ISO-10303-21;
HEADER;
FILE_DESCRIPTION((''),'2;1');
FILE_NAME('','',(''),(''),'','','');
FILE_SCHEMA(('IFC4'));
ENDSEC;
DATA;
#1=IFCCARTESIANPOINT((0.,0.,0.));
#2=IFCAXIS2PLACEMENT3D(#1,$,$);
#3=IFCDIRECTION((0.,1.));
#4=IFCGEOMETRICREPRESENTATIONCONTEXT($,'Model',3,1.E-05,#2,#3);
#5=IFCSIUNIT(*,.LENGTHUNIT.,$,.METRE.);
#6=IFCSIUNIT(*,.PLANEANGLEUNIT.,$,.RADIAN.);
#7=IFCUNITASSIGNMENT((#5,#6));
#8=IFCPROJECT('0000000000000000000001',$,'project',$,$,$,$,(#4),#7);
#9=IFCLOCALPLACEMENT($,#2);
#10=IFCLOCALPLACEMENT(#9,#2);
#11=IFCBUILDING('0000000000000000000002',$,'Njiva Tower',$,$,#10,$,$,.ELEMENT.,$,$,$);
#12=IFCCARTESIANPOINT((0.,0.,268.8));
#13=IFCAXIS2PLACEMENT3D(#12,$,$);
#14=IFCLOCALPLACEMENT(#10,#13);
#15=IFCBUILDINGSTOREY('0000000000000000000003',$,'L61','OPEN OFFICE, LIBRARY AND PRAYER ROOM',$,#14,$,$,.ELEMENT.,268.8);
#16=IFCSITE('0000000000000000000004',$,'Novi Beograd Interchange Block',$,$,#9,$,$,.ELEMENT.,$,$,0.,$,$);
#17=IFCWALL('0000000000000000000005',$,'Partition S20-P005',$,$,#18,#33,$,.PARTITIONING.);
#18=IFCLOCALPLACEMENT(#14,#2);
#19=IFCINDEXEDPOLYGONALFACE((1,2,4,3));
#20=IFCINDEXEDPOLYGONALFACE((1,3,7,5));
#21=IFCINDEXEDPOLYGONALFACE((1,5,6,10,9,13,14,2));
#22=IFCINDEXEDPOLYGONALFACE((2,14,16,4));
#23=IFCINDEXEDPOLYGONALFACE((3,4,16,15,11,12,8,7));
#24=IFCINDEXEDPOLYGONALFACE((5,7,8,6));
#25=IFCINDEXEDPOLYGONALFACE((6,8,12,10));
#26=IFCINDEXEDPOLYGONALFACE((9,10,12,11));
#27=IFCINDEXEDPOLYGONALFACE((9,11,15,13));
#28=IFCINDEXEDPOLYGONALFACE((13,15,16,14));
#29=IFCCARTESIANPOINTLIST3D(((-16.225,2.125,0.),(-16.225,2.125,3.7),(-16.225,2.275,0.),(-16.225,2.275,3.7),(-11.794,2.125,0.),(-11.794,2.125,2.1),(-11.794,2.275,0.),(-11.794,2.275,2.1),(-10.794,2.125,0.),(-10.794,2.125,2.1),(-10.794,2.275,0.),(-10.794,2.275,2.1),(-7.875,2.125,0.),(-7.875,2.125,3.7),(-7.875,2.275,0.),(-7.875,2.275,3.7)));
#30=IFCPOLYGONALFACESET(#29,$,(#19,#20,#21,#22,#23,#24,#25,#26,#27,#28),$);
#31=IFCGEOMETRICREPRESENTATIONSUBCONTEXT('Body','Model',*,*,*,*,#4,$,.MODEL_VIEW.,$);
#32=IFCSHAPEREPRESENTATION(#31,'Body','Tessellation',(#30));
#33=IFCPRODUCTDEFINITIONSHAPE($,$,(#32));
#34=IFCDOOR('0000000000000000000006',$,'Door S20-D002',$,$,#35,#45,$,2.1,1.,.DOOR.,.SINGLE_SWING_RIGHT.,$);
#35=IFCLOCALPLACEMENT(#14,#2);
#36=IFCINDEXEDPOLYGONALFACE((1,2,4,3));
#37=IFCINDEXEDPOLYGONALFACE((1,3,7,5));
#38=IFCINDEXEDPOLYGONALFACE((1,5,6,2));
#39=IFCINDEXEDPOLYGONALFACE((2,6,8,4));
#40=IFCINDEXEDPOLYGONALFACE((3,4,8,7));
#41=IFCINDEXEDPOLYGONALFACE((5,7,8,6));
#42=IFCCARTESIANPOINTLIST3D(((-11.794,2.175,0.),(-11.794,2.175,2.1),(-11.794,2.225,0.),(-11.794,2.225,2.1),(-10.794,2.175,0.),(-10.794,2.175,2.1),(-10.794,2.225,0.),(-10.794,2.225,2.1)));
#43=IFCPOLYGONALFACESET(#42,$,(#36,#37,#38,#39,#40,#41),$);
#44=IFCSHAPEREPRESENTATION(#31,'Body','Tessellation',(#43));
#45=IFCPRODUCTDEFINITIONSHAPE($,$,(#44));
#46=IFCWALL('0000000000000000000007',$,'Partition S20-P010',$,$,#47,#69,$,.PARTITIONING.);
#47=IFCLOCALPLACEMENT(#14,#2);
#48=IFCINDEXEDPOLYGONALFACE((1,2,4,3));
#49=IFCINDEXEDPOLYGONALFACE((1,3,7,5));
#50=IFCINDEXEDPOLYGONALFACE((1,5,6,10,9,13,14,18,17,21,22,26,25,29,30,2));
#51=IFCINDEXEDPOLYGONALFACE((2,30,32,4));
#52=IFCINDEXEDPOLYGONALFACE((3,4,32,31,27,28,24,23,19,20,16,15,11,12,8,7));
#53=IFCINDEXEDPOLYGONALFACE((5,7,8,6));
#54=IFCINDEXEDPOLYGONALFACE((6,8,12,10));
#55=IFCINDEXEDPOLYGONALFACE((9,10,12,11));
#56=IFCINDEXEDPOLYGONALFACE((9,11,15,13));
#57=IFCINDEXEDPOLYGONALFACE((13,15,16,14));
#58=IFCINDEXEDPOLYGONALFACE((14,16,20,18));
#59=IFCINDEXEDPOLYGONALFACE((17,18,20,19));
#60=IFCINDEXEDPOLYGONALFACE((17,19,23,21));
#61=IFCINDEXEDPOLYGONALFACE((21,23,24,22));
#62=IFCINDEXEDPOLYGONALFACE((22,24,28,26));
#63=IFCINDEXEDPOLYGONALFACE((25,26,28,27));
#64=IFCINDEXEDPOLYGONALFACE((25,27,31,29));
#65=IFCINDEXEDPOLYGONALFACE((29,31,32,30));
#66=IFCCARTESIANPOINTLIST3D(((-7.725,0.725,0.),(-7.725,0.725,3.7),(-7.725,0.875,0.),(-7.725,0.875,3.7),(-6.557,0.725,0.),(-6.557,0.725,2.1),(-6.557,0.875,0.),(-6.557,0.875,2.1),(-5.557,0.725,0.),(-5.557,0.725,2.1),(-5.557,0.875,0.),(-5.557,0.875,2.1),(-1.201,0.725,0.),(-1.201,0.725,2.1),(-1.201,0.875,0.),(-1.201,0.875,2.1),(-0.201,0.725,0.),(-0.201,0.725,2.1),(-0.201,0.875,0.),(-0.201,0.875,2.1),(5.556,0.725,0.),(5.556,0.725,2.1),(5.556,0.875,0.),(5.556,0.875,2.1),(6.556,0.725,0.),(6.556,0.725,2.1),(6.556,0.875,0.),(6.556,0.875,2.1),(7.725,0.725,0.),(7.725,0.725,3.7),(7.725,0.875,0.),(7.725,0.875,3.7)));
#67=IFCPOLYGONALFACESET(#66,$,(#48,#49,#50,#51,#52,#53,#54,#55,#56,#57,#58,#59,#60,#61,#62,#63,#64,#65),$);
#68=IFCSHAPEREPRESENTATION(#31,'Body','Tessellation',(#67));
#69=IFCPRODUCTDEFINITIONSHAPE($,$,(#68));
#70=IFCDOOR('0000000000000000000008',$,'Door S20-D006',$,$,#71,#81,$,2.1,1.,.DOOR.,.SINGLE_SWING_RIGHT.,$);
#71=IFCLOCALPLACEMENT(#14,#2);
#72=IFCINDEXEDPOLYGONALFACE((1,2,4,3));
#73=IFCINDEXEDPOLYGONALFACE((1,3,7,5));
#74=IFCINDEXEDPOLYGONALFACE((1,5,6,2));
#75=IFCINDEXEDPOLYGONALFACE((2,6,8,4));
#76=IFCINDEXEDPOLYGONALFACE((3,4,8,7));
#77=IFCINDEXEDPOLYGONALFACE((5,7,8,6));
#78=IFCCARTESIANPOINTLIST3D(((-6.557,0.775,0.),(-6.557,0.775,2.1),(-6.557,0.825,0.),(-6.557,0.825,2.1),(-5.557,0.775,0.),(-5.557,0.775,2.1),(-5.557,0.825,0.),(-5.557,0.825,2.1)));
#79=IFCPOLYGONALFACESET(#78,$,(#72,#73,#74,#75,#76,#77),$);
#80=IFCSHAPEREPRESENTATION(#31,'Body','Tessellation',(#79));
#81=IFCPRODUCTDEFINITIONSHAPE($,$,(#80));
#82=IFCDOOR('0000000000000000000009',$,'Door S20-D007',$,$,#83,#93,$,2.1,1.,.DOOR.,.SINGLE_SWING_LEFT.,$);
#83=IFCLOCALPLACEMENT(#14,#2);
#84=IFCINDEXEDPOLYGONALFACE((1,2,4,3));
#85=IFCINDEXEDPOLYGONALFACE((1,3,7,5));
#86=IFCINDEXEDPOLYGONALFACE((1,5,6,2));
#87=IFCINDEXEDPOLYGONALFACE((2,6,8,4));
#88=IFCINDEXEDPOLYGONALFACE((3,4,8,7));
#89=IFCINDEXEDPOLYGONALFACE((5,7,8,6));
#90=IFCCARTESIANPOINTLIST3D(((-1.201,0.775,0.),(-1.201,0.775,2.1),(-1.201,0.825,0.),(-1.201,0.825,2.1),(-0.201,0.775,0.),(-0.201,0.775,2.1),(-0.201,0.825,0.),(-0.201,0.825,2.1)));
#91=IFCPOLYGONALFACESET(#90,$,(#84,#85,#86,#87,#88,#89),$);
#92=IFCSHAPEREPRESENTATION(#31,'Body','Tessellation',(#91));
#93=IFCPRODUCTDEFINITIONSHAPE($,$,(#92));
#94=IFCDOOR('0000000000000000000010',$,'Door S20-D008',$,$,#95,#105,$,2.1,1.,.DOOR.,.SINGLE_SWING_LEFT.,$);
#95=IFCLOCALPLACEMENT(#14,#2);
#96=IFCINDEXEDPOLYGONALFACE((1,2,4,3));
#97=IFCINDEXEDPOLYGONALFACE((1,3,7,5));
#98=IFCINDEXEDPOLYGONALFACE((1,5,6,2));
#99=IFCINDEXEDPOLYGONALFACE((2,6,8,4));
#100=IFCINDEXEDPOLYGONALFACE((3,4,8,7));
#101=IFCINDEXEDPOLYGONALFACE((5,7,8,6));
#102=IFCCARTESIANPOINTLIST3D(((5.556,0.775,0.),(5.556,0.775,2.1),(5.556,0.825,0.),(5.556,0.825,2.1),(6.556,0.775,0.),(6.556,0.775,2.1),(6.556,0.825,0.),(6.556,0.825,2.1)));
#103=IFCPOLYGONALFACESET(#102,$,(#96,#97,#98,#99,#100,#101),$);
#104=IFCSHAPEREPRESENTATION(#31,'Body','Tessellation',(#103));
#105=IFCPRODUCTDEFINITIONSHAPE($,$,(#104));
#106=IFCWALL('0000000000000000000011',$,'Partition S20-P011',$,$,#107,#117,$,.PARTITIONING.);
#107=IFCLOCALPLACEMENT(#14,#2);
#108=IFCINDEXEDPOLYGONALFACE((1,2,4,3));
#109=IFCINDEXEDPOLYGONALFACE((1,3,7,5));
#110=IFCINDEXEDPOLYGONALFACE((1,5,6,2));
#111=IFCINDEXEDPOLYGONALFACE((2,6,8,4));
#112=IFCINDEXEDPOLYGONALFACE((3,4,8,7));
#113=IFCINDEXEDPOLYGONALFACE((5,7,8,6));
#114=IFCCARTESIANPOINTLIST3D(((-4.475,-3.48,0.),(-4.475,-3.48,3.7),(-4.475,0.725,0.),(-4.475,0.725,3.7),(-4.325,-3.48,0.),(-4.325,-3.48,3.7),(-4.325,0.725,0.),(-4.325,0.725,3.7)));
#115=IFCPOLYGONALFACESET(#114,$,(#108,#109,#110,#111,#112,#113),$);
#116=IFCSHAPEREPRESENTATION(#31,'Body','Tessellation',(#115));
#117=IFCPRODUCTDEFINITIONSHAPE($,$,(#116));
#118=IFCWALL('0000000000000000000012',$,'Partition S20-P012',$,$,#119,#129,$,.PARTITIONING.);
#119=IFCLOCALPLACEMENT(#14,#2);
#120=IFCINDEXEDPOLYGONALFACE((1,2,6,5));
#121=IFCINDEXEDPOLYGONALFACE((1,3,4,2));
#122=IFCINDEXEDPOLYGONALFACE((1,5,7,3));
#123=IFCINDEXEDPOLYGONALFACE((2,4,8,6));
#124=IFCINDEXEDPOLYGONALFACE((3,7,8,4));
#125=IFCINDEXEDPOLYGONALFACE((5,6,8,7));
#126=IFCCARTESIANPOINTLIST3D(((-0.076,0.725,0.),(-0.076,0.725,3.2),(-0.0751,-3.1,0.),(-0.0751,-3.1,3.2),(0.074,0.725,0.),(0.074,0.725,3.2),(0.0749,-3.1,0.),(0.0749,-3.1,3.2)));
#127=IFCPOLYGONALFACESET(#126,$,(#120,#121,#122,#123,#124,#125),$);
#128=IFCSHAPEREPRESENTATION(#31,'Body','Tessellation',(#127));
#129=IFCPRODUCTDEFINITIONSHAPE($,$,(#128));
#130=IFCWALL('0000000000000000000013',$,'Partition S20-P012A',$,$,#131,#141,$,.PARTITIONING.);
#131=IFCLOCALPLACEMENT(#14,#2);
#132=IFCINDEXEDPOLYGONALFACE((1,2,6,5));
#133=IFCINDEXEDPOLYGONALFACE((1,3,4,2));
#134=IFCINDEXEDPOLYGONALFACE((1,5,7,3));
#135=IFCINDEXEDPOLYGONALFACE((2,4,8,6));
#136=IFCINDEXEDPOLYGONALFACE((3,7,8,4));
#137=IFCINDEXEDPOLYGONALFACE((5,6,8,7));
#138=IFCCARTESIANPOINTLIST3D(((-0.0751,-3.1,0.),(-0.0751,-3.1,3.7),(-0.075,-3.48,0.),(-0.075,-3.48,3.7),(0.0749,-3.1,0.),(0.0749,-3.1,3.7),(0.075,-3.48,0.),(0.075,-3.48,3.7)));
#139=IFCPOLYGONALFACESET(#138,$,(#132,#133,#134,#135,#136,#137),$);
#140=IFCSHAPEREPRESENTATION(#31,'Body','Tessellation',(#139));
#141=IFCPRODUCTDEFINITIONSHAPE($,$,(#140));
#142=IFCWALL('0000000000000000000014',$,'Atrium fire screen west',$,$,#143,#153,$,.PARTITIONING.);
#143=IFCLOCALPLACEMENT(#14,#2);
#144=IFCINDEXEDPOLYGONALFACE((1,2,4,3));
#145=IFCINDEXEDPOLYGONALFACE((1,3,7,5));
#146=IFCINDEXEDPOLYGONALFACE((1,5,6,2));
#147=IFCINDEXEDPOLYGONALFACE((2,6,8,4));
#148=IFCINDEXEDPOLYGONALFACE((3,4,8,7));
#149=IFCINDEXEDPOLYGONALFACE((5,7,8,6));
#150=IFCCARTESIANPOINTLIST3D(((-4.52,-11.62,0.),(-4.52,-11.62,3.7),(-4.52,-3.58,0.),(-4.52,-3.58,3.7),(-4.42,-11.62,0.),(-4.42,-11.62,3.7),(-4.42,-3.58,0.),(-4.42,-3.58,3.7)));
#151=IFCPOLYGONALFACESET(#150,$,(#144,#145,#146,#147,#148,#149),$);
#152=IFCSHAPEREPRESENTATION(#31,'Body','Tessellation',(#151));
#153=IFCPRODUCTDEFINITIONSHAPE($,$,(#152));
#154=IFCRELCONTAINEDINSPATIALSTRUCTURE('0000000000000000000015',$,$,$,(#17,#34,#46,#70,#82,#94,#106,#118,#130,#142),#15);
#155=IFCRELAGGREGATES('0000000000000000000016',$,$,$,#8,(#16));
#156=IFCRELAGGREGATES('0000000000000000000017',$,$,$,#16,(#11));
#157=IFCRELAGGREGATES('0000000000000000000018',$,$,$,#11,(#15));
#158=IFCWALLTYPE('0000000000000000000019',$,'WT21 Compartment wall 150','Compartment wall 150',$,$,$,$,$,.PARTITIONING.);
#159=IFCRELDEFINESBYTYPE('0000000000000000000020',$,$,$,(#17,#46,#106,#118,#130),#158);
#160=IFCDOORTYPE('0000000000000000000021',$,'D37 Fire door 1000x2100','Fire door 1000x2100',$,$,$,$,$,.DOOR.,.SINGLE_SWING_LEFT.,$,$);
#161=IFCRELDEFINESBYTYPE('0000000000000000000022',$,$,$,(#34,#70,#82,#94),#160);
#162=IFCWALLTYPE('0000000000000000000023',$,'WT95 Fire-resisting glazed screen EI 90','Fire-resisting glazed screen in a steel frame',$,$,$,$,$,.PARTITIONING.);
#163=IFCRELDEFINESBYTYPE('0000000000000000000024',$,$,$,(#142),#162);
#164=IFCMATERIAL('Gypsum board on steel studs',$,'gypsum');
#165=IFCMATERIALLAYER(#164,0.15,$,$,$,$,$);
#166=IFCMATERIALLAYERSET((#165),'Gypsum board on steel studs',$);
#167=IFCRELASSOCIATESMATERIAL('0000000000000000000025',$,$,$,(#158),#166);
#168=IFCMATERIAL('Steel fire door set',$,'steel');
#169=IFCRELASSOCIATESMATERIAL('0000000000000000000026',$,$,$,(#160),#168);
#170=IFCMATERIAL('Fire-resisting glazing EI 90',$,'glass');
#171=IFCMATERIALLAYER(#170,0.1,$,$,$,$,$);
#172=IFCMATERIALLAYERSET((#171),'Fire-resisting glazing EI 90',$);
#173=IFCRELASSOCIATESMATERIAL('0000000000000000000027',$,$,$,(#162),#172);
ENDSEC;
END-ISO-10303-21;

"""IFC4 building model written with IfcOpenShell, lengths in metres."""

from ifc_helpers import new_model, si_unit, direction, frame, frame_2d, origin, place, context, subcontext, project, spatial, rectangle, extrude, material, layer, layer_set, type_object, element, fill, save


model = new_model("IFC4")

# Units and contexts
model_context = context("Model", 3, precision=1e-05, world=origin(), true_north=direction((0.0, 1.0)))
body_context = subcontext(model_context, "Body", "Model", "MODEL_VIEW")
ifc_project = project(units=[si_unit("LENGTHUNIT", "METRE"), si_unit("PLANEANGLEUNIT", "RADIAN")], contexts=[model_context])

# Site, building, storey
site_placement = place(None, origin())
site = spatial("IfcSite", under=ifc_project, at=site_placement, Name="Novi Beograd Interchange Block", CompositionType="ELEMENT", RefElevation=0.0)
building_placement = place(site_placement, origin())
building = spatial("IfcBuilding", under=site, at=building_placement, Name="Njiva Tower", CompositionType="ELEMENT")
storey_placement = place(building_placement, frame((0.0, 0.0, 268.8)))
storey = spatial("IfcBuildingStorey", under=building, at=storey_placement, Name="L61", Description="OPEN OFFICE, LIBRARY AND PRAYER ROOM", CompositionType="ELEMENT", Elevation=268.8)

# Wall, opening, door
ifc_material_1 = material(Name="Gypsum board on steel studs", Category="gypsum")
ifc_layer_1 = layer(ifc_material_1, 0.15)
ifc_layer_set_1 = layer_set([ifc_layer_1], Name="Gypsum board on steel studs")
wall_type_1 = type_object("IfcWallType", Name="WT21 Compartment wall 150", Description="Compartment wall 150", PredefinedType="PARTITIONING", material=ifc_layer_set_1)
ifc_material_2 = material(Name="Steel fire door set", Category="steel")
door_type = type_object("IfcDoorType", Name="D37 Fire door 1000x2100", Description="Fire door 1000x2100", OperationType="SINGLE_SWING_LEFT", PredefinedType="DOOR", material=ifc_material_2)
wall_1_placement = place(storey_placement, frame((-16.225, 2.2, 0.0), z_axis=(0.0, 0.0, 1.0), x_axis=(1.0, 0.0, 0.0)))
wall_1 = element("IfcWall", 1, at=wall_1_placement, inside=storey, type_object=wall_type_1, Name="Partition S20-P005", PredefinedType="PARTITIONING", context=body_context, shape_type="SweptSolid", body=[
    extrude(rectangle(XDim=8.35, YDim=0.15, at=frame_2d((4.175, 0.0))), origin(), (0.0, 0.0, 1.0), 3.7),
])
opening_1_placement = place(wall_1_placement, frame((4.431, 0.0, 0.0)))
opening_1 = element("IfcOpeningElement", 2, at=opening_1_placement, cuts=wall_1, PredefinedType="OPENING", context=body_context, shape_type="SweptSolid", body=[
    extrude(rectangle(XDim=1.0, YDim=2.1, at=frame_2d((0.5, 1.05))), frame((0.0, 0.085, 0.0), z_axis=(0.0, -1.0, 0.0), x_axis=(1.0, 0.0, 0.0)), (0.0, 0.0, 1.0), 0.17),
])
door_1_placement = place(opening_1_placement, origin())
door_1 = element("IfcDoor", 3, at=door_1_placement, inside=storey, type_object=door_type, Name="Door S20-D002", OperationType="SINGLE_SWING_RIGHT", OverallHeight=2.1, OverallWidth=1.0, PredefinedType="DOOR", context=body_context, shape_type="SweptSolid", body=[
    extrude(rectangle(XDim=1.0, YDim=2.1, at=frame_2d((0.5, 1.05))), frame((0.0, 0.025, 0.0), z_axis=(0.0, -1.0, 0.0), x_axis=(1.0, 0.0, 0.0)), (0.0, 0.0, 1.0), 0.05),
])
fill(opening_1, door_1)

# Wall, openings, doors
wall_2_placement = place(storey_placement, frame((-7.725, 0.8, 0.0), z_axis=(0.0, 0.0, 1.0), x_axis=(1.0, 0.0, 0.0)))
wall_2 = element("IfcWall", 4, at=wall_2_placement, inside=storey, type_object=wall_type_1, Name="Partition S20-P010", PredefinedType="PARTITIONING", context=body_context, shape_type="SweptSolid", body=[
    extrude(rectangle(XDim=15.45, YDim=0.15, at=frame_2d((7.725, 0.0))), origin(), (0.0, 0.0, 1.0), 3.7),
])
opening_2_placement = place(wall_2_placement, frame((1.168, 0.0, 0.0)))
opening_2 = element("IfcOpeningElement", 5, at=opening_2_placement, cuts=wall_2, PredefinedType="OPENING", context=body_context, shape_type="SweptSolid", body=[
    extrude(rectangle(XDim=1.0, YDim=2.1, at=frame_2d((0.5, 1.05))), frame((0.0, 0.085, 0.0), z_axis=(0.0, -1.0, 0.0), x_axis=(1.0, 0.0, 0.0)), (0.0, 0.0, 1.0), 0.17),
])
opening_3_placement = place(wall_2_placement, frame((6.524, 0.0, 0.0)))
opening_3 = element("IfcOpeningElement", 6, at=opening_3_placement, cuts=wall_2, PredefinedType="OPENING", context=body_context, shape_type="SweptSolid", body=[
    extrude(rectangle(XDim=1.0, YDim=2.1, at=frame_2d((0.5, 1.05))), frame((0.0, 0.085, 0.0), z_axis=(0.0, -1.0, 0.0), x_axis=(1.0, 0.0, 0.0)), (0.0, 0.0, 1.0), 0.17),
])
opening_4_placement = place(wall_2_placement, frame((13.281, 0.0, 0.0)))
opening_4 = element("IfcOpeningElement", 7, at=opening_4_placement, cuts=wall_2, PredefinedType="OPENING", context=body_context, shape_type="SweptSolid", body=[
    extrude(rectangle(XDim=1.0, YDim=2.1, at=frame_2d((0.5, 1.05))), frame((0.0, 0.085, 0.0), z_axis=(0.0, -1.0, 0.0), x_axis=(1.0, 0.0, 0.0)), (0.0, 0.0, 1.0), 0.17),
])
door_2_placement = place(opening_2_placement, origin())
door_2 = element("IfcDoor", 8, at=door_2_placement, inside=storey, type_object=door_type, Name="Door S20-D006", OperationType="SINGLE_SWING_RIGHT", OverallHeight=2.1, OverallWidth=1.0, PredefinedType="DOOR", context=body_context, shape_type="SweptSolid", body=[
    extrude(rectangle(XDim=1.0, YDim=2.1, at=frame_2d((0.5, 1.05))), frame((0.0, 0.025, 0.0), z_axis=(0.0, -1.0, 0.0), x_axis=(1.0, 0.0, 0.0)), (0.0, 0.0, 1.0), 0.05),
])
fill(opening_2, door_2)
door_3_placement = place(opening_3_placement, origin())
door_3 = element("IfcDoor", 9, at=door_3_placement, inside=storey, type_object=door_type, Name="Door S20-D007", OperationType="SINGLE_SWING_LEFT", OverallHeight=2.1, OverallWidth=1.0, PredefinedType="DOOR", context=body_context, shape_type="SweptSolid", body=[
    extrude(rectangle(XDim=1.0, YDim=2.1, at=frame_2d((0.5, 1.05))), frame((0.0, 0.025, 0.0), z_axis=(0.0, -1.0, 0.0), x_axis=(1.0, 0.0, 0.0)), (0.0, 0.0, 1.0), 0.05),
])
fill(opening_3, door_3)
door_4_placement = place(opening_4_placement, origin())
door_4 = element("IfcDoor", 10, at=door_4_placement, inside=storey, type_object=door_type, Name="Door S20-D008", OperationType="SINGLE_SWING_LEFT", OverallHeight=2.1, OverallWidth=1.0, PredefinedType="DOOR", context=body_context, shape_type="SweptSolid", body=[
    extrude(rectangle(XDim=1.0, YDim=2.1, at=frame_2d((0.5, 1.05))), frame((0.0, 0.025, 0.0), z_axis=(0.0, -1.0, 0.0), x_axis=(1.0, 0.0, 0.0)), (0.0, 0.0, 1.0), 0.05),
])
fill(opening_4, door_4)

# Walls
wall_3_placement = place(storey_placement, frame((-4.4, -3.48, 0.0), z_axis=(0.0, 0.0, 1.0), x_axis=(0.0, 1.0, 0.0)))
element("IfcWall", 11, at=wall_3_placement, inside=storey, type_object=wall_type_1, Name="Partition S20-P011", PredefinedType="PARTITIONING", context=body_context, shape_type="SweptSolid", body=[
    extrude(rectangle(XDim=4.205, YDim=0.15, at=frame_2d((2.1025, 0.0))), origin(), (0.0, 0.0, 1.0), 3.7),
])
wall_4_placement = place(storey_placement, frame((-0.001, 0.725, 0.0), z_axis=(0.0, 0.0, 1.0), x_axis=(0.000235, -1.0, 0.0)))
element("IfcWall", 12, at=wall_4_placement, inside=storey, type_object=wall_type_1, Name="Partition S20-P012", PredefinedType="PARTITIONING", context=body_context, shape_type="SweptSolid", body=[
    extrude(rectangle(XDim=3.825, YDim=0.15, at=frame_2d((1.9125, 0.0))), origin(), (0.0, 0.0, 1.0), 3.2),
])
wall_5_placement = place(storey_placement, frame((-0.0001, -3.1, 0.0), z_axis=(0.0, 0.0, 1.0), x_axis=(0.000263, -1.0, 0.0)))
element("IfcWall", 13, at=wall_5_placement, inside=storey, type_object=wall_type_1, Name="Partition S20-P012A", PredefinedType="PARTITIONING", context=body_context, shape_type="SweptSolid", body=[
    extrude(rectangle(XDim=0.38, YDim=0.15, at=frame_2d((0.19, 0.0))), origin(), (0.0, 0.0, 1.0), 3.7),
])
ifc_material_3 = material(Name="Fire-resisting glazing EI 90", Category="glass")
ifc_layer_2 = layer(ifc_material_3, 0.1)
ifc_layer_set_2 = layer_set([ifc_layer_2], Name="Fire-resisting glazing EI 90")
wall_type_2 = type_object("IfcWallType", Name="WT95 Fire-resisting glazed screen EI 90", Description="Fire-resisting glazed screen in a steel frame", PredefinedType="PARTITIONING", material=ifc_layer_set_2)
wall_6_placement = place(storey_placement, frame((-4.47, -3.58, 0.0), z_axis=(0.0, 0.0, 1.0), x_axis=(0.0, -1.0, 0.0)))
element("IfcWall", 14, at=wall_6_placement, inside=storey, type_object=wall_type_2, Name="Atrium fire screen west", PredefinedType="PARTITIONING", context=body_context, shape_type="SweptSolid", body=[
    extrude(rectangle(XDim=8.04, YDim=0.1, at=frame_2d((4.02, 0.0))), origin(), (0.0, 0.0, 1.0), 3.7),
])

save(model, "model.ifc")
